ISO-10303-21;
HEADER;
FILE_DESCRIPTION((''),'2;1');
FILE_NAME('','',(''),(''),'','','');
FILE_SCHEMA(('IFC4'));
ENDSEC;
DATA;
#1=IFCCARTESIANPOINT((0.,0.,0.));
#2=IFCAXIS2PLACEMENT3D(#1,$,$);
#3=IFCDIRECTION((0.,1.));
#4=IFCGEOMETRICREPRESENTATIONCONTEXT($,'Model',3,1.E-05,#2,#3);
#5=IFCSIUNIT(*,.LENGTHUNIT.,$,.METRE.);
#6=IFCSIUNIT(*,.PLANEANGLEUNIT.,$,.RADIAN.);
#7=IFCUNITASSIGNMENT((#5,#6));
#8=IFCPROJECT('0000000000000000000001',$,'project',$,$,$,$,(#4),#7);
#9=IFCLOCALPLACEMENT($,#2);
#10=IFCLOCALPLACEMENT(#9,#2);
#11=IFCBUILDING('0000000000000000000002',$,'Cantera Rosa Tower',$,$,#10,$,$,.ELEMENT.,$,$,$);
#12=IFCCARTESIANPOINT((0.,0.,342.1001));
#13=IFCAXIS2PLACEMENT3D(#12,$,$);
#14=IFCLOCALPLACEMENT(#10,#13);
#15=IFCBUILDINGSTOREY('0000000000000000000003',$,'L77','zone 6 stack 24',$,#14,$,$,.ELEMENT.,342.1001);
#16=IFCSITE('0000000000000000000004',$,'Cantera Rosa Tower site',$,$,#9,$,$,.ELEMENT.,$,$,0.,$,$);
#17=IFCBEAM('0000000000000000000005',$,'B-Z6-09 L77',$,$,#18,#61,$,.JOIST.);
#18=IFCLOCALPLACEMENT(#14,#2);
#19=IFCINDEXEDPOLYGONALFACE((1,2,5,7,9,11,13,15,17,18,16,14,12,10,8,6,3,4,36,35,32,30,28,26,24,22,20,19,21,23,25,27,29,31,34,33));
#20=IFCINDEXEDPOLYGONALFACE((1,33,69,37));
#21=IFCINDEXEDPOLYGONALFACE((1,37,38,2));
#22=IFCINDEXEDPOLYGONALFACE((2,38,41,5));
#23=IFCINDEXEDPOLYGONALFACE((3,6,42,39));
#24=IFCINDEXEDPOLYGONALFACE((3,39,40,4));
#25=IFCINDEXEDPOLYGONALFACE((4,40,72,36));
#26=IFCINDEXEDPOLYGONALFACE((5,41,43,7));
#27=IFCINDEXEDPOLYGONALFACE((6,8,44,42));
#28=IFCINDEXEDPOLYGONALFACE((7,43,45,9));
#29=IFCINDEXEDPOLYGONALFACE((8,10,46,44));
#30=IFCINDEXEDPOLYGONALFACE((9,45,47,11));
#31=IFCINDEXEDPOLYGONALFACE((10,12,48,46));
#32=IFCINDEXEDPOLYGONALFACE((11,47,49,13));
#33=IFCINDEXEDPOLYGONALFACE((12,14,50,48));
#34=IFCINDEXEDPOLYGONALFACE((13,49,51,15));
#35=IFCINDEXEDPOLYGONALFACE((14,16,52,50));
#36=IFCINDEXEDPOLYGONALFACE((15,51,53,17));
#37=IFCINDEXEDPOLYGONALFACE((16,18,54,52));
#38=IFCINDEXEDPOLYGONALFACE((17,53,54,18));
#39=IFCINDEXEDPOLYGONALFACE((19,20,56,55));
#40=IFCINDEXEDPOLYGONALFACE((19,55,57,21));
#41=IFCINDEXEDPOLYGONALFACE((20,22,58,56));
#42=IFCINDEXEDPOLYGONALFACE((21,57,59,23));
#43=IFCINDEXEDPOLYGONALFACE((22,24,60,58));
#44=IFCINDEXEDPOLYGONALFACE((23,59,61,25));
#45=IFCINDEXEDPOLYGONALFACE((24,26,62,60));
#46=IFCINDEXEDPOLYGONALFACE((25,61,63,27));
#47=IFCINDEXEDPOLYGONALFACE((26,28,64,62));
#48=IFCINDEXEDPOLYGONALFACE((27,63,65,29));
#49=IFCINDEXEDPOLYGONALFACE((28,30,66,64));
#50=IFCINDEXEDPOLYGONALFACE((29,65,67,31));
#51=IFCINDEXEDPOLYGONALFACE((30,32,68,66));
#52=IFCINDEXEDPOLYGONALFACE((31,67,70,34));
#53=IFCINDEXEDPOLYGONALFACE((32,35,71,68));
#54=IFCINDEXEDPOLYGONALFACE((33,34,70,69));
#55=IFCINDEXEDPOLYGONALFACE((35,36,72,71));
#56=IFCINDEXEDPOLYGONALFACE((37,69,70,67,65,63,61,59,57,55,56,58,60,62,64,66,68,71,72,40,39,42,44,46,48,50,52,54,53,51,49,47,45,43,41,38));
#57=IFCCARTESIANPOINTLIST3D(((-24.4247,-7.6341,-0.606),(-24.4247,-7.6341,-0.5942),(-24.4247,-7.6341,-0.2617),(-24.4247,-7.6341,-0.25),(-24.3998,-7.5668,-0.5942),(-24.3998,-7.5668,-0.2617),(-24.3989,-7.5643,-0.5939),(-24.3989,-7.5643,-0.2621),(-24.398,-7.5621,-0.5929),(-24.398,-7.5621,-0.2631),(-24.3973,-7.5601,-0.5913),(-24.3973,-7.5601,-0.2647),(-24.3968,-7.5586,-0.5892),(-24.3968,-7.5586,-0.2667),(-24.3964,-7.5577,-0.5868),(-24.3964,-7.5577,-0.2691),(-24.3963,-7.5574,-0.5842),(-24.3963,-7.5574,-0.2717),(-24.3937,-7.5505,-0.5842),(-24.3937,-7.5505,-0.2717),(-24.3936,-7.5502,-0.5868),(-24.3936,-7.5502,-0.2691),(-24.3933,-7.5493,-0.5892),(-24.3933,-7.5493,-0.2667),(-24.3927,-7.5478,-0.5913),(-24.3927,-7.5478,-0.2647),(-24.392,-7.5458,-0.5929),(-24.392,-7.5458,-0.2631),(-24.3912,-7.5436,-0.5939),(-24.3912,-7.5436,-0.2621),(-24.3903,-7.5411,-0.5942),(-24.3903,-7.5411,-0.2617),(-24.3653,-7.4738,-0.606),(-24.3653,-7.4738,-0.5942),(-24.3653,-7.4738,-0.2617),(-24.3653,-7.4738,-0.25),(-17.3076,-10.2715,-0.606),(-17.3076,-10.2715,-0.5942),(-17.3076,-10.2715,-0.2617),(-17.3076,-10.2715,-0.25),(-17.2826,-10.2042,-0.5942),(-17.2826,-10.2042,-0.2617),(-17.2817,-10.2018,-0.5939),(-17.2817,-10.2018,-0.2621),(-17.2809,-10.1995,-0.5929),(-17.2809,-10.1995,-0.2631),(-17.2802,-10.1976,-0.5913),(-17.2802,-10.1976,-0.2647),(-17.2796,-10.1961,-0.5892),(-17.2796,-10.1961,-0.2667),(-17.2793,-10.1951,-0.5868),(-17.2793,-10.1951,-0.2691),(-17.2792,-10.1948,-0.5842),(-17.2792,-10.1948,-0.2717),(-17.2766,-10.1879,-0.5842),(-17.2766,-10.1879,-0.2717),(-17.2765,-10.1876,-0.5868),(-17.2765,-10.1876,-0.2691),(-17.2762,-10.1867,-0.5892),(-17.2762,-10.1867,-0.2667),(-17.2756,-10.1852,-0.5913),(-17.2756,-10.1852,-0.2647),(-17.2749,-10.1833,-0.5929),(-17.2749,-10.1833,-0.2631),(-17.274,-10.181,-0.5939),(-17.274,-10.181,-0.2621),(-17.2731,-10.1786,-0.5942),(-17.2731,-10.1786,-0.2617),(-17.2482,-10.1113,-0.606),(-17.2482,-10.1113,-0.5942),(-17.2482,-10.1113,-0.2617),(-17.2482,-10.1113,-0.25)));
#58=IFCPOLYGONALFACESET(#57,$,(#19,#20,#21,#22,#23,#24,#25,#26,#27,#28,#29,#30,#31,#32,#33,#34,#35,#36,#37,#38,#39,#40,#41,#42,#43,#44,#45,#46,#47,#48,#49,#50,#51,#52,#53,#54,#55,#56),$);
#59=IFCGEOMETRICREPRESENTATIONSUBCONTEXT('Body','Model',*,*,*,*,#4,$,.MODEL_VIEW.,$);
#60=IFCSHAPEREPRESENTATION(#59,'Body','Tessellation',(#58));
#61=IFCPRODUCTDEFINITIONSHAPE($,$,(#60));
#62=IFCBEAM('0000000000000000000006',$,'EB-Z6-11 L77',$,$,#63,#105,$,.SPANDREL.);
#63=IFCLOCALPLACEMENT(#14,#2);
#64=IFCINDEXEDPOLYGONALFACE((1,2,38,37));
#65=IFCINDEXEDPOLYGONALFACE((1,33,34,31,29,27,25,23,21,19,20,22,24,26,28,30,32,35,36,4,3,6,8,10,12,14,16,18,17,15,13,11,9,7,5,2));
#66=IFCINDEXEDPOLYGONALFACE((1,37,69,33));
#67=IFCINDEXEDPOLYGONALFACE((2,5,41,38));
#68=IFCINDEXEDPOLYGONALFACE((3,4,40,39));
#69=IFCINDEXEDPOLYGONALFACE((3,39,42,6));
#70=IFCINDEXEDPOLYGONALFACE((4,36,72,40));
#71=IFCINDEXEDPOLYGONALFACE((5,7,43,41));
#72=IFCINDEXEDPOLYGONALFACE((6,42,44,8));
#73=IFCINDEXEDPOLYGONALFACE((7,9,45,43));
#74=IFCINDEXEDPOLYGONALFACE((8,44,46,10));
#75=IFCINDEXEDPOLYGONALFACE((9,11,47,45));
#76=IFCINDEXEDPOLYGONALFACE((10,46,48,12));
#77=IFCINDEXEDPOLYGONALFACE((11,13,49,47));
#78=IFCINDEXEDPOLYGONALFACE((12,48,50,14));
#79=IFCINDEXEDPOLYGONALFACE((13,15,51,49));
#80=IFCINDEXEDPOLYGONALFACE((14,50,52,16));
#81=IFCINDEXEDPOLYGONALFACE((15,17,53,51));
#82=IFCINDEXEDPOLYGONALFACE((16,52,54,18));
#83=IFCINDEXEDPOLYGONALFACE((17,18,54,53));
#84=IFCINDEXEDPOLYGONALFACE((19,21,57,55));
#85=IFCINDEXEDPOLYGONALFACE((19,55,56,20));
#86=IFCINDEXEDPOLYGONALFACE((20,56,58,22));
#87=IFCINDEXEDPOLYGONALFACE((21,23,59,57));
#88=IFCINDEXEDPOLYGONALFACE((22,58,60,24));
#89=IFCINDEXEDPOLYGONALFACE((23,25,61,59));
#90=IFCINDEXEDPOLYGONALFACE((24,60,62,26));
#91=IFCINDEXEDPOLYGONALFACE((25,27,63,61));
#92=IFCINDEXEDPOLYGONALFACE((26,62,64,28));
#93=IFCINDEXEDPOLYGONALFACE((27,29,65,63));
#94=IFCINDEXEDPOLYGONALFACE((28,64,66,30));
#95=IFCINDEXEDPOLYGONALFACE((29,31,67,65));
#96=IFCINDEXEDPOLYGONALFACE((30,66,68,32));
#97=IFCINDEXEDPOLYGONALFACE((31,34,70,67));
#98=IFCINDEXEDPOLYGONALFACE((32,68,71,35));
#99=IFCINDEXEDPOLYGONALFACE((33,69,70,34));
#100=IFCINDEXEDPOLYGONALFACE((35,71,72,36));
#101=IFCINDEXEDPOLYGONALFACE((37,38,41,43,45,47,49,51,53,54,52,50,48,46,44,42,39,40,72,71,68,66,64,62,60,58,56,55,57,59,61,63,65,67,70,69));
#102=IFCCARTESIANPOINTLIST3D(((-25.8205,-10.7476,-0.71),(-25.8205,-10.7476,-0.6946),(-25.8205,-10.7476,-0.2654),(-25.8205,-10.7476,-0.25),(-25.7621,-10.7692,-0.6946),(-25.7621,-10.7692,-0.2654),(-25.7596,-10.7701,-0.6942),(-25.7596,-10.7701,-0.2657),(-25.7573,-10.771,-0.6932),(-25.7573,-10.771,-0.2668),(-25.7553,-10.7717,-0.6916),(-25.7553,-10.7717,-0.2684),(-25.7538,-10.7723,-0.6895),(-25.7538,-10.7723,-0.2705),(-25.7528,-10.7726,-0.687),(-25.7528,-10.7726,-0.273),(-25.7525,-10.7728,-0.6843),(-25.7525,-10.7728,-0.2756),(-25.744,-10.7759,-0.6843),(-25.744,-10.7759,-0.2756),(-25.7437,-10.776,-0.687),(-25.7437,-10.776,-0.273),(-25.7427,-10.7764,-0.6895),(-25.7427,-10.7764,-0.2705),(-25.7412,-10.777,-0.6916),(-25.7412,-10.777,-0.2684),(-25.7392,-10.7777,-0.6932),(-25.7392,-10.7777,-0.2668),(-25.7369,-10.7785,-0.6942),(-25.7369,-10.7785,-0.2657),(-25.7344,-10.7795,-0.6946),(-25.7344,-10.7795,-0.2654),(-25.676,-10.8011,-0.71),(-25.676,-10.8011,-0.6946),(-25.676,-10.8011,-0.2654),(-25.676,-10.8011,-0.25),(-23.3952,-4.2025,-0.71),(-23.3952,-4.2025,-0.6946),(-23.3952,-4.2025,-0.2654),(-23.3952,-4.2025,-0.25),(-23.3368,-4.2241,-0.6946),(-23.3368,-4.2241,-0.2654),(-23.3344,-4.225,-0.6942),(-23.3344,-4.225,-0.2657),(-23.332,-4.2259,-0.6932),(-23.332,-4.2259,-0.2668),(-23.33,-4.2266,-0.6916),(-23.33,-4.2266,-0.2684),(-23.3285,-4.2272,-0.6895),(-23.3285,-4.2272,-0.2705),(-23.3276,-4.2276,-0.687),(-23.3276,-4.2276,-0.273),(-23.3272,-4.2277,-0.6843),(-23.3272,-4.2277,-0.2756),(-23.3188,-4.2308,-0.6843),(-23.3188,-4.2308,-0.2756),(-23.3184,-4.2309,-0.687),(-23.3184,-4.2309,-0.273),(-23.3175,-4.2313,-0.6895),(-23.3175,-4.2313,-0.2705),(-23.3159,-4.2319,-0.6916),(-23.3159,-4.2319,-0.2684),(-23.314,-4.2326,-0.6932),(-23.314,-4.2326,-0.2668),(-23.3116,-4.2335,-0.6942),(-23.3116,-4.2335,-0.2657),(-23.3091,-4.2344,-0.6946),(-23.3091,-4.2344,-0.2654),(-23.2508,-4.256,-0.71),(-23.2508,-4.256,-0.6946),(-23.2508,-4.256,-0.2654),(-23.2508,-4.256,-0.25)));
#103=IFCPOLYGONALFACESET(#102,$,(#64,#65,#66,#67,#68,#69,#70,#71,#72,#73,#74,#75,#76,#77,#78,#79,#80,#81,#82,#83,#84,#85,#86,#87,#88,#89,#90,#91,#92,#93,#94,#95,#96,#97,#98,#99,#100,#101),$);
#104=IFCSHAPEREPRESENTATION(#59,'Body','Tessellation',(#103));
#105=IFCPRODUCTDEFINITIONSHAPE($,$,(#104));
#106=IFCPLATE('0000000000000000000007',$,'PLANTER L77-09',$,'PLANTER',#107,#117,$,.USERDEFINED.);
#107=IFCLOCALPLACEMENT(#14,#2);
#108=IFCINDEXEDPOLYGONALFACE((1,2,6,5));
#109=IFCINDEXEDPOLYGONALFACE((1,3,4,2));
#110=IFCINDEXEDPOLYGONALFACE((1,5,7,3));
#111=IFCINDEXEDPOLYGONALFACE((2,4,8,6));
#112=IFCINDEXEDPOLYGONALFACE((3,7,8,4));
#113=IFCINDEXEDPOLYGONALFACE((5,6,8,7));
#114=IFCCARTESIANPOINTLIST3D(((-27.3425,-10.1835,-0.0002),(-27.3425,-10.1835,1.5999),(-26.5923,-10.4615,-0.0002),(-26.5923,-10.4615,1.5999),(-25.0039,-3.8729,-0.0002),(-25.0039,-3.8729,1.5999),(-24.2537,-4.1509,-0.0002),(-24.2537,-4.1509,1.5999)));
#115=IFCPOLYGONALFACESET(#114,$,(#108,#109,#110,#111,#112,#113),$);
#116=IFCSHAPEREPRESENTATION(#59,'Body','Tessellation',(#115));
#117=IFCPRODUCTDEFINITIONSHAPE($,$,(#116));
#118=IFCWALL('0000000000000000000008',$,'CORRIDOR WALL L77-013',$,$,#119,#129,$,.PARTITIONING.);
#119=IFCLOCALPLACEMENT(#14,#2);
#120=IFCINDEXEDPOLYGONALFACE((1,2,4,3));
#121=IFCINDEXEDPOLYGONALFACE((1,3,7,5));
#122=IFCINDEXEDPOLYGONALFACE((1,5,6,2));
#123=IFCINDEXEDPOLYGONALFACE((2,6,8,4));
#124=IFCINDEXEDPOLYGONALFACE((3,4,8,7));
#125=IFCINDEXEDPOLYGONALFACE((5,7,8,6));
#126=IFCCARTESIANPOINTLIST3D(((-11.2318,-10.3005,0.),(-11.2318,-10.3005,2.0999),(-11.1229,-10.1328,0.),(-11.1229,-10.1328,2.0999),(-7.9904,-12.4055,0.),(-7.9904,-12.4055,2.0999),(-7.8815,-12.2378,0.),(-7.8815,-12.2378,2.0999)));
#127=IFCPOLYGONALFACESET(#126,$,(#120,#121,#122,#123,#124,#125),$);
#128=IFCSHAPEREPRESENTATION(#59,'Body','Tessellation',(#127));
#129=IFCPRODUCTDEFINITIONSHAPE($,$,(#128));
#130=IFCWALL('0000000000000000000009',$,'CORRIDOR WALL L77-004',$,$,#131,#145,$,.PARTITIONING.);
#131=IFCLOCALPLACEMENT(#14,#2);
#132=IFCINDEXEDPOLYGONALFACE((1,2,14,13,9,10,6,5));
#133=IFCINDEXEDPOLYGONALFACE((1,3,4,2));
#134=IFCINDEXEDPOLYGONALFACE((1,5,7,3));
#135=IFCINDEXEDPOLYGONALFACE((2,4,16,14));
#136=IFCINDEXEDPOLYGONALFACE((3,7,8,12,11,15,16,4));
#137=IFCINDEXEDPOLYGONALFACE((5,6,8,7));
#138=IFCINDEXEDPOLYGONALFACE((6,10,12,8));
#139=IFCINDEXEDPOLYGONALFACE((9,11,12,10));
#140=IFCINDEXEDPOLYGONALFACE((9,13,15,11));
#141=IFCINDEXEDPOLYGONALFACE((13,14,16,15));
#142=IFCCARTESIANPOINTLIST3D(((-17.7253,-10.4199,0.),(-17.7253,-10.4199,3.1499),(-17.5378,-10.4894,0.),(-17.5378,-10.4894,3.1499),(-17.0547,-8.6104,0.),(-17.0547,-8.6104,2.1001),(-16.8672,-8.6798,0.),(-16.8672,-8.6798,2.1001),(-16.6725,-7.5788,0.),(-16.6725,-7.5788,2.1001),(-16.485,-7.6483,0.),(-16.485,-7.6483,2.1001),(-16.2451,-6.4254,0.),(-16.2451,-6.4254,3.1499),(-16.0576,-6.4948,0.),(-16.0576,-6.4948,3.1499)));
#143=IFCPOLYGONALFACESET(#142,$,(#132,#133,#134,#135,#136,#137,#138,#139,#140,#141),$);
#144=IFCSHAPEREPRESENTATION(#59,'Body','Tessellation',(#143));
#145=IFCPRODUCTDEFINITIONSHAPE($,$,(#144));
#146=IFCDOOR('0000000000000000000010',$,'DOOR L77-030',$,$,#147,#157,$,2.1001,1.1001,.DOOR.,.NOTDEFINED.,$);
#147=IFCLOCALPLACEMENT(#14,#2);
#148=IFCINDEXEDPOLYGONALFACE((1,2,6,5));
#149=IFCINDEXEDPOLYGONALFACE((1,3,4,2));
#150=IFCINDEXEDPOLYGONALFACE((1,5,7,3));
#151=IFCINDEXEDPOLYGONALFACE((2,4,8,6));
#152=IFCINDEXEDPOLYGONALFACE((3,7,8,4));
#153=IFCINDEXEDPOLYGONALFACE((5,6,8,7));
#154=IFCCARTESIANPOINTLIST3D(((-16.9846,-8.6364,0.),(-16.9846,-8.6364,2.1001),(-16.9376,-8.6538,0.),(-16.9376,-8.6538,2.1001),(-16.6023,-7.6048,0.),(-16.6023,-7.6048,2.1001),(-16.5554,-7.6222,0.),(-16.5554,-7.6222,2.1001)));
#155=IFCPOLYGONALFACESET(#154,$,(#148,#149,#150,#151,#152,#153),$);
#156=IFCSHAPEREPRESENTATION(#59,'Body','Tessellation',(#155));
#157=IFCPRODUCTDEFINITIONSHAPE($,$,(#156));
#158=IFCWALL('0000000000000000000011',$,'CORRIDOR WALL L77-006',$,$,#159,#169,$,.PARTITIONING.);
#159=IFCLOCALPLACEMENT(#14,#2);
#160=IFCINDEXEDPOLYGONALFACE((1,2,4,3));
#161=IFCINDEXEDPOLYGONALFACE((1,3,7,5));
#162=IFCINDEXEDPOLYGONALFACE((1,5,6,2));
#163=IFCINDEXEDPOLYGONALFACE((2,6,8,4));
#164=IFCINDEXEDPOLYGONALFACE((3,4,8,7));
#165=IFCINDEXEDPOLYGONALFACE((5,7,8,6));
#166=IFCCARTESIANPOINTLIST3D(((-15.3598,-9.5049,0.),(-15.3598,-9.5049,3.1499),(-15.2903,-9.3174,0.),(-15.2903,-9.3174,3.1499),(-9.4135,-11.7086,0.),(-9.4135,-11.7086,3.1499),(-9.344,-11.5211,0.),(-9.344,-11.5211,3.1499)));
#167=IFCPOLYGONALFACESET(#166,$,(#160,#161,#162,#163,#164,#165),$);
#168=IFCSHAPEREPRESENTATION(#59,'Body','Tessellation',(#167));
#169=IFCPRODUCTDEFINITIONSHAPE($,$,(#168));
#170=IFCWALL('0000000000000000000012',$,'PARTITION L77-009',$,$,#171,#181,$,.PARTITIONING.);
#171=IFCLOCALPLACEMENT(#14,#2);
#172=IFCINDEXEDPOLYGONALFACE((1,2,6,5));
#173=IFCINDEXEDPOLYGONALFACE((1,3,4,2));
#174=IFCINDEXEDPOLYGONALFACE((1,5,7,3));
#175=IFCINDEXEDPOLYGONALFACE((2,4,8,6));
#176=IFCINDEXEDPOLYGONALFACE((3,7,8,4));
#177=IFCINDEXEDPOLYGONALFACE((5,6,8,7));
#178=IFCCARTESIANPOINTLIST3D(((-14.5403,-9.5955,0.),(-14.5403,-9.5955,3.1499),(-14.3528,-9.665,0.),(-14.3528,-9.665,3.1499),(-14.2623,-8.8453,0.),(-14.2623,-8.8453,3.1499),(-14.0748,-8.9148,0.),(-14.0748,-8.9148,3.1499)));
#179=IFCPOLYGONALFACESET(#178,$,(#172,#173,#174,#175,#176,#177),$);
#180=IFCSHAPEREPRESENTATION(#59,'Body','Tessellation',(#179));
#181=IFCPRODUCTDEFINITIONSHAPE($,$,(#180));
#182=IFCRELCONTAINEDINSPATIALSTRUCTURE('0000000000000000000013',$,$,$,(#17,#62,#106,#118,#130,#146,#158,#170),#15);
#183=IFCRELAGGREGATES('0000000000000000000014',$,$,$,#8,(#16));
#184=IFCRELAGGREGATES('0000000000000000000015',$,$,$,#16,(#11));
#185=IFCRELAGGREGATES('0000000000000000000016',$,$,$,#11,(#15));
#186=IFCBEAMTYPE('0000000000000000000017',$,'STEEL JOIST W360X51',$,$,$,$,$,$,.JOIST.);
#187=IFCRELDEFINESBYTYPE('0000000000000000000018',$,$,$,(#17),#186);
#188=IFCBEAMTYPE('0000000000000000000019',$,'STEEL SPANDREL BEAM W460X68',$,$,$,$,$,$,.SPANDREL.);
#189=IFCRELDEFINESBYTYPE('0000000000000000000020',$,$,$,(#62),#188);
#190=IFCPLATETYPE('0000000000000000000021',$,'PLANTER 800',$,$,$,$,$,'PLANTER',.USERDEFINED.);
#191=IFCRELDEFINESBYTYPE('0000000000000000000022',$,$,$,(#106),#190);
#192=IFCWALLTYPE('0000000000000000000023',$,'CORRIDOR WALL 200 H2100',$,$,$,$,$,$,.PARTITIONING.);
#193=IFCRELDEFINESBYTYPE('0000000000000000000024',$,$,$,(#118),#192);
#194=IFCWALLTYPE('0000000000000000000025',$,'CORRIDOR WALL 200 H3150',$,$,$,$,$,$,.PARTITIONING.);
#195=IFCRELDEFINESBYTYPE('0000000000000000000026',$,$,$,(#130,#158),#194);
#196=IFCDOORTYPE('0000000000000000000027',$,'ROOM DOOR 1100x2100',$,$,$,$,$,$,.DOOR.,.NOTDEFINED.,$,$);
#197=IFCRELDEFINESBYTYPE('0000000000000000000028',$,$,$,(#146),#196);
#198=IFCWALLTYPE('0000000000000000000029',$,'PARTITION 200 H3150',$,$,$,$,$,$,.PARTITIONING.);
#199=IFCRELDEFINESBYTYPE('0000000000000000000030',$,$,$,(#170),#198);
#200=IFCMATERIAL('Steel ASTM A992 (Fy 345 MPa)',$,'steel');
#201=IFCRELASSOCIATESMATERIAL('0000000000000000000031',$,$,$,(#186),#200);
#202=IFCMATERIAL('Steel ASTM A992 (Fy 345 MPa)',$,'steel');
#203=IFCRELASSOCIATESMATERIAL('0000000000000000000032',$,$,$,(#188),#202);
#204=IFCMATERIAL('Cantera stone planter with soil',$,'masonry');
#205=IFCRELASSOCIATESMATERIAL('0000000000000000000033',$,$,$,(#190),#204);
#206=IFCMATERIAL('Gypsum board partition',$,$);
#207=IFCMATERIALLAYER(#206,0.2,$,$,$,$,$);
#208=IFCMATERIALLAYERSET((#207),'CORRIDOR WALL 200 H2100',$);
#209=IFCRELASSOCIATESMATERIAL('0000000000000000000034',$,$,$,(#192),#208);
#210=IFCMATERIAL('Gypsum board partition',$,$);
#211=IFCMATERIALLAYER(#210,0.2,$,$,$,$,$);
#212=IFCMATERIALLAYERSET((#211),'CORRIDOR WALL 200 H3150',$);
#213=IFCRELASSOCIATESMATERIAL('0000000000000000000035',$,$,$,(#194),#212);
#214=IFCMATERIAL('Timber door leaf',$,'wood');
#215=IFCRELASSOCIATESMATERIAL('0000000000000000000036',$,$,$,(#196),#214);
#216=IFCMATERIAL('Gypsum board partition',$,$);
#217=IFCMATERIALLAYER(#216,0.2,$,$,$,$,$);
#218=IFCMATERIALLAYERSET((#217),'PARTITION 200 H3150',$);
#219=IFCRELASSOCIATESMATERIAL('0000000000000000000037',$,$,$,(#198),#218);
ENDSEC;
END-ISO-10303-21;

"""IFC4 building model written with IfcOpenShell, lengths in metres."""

from ifc_helpers import new_model, si_unit, direction, frame, frame_2d, origin, origin_2d, place, context, subcontext, project, spatial, rectangle, i_section, extrude, material, layer, layer_set, material_profile, profile_set, type_object, element, fill, save


model = new_model("IFC4")

# Units and contexts
model_context = context("Model", 3, precision=1e-05, world=origin(), true_north=direction((0.0, 1.0)))
body_context = subcontext(model_context, "Body", "Model", "MODEL_VIEW")
ifc_project = project(units=[si_unit("LENGTHUNIT", "METRE"), si_unit("PLANEANGLEUNIT", "RADIAN")], contexts=[model_context])

# Site, building, storey
site_placement = place(None, origin())
site = spatial("IfcSite", under=ifc_project, at=site_placement, Name="Cantera Rosa Tower site", CompositionType="ELEMENT", RefElevation=0.0)
building_placement = place(site_placement, origin())
building = spatial("IfcBuilding", under=site, at=building_placement, Name="Cantera Rosa Tower", CompositionType="ELEMENT")
storey_placement = place(building_placement, frame((0.0, 0.0, 342.1001)))
storey = spatial("IfcBuildingStorey", under=building, at=storey_placement, Name="L77", Description="zone 6 stack 24", CompositionType="ELEMENT", Elevation=342.1001)

# Beams
ifc_material_1 = material(Name="Steel ASTM A992 (Fy 345 MPa)", Category="steel")
ifc_material_profile_1 = material_profile(ifc_material_1, i_section(OverallWidth=0.1709, OverallDepth=0.356, WebThickness=0.0073, FlangeThickness=0.0117, FilletRadius=0.01, at=origin_2d()), Name="W360X51")
ifc_profile_set_1 = profile_set([ifc_material_profile_1], Name="Steel ASTM A992 (Fy 345 MPa)")
beam_type_1 = type_object("IfcBeamType", Name="STEEL JOIST W360X51", PredefinedType="JOIST", material=ifc_profile_set_1)
beam_1_placement = place(storey_placement, frame((-24.395, -7.554, -0.428), z_axis=(0.937686, -0.347483, 0.0), x_axis=(0.347483, 0.937686, 0.0)))
element("IfcBeam", 1, at=beam_1_placement, inside=storey, type_object=beam_type_1, Name="B-Z6-09 L77", PredefinedType="JOIST", context=body_context, shape_type="SweptSolid", body=[
    extrude(i_section(OverallWidth=0.1709, OverallDepth=0.356, WebThickness=0.0073, FlangeThickness=0.0117, FilletRadius=0.01, at=origin_2d()), origin(), (0.0, 0.0, 1.0), 7.5901),
])
ifc_material_2 = material(Name="Steel ASTM A992 (Fy 345 MPa)", Category="steel")
ifc_material_profile_2 = material_profile(ifc_material_2, i_section(OverallWidth=0.1541, OverallDepth=0.46, WebThickness=0.009, FlangeThickness=0.0154, FilletRadius=0.0103, at=origin_2d()), Name="W460X68")
ifc_profile_set_2 = profile_set([ifc_material_profile_2], Name="Steel ASTM A992 (Fy 345 MPa)")
beam_type_2 = type_object("IfcBeamType", Name="STEEL SPANDREL BEAM W460X68", PredefinedType="SPANDREL", material=ifc_profile_set_2)
beam_2_placement = place(storey_placement, frame((-23.323, -4.2292, -0.48), z_axis=(-0.34746, -0.937695, 0.0), x_axis=(0.937695, -0.34746, 0.0)))
element("IfcBeam", 2, at=beam_2_placement, inside=storey, type_object=beam_type_2, Name="EB-Z6-11 L77", PredefinedType="SPANDREL", context=body_context, shape_type="SweptSolid", body=[
    extrude(i_section(OverallWidth=0.1541, OverallDepth=0.46, WebThickness=0.009, FlangeThickness=0.0154, FilletRadius=0.0103, at=origin_2d()), origin(), (0.0, 0.0, 1.0), 6.98),
])

# Plate
ifc_material_3 = material(Name="Cantera stone planter with soil", Category="masonry")
plate_type = type_object("IfcPlateType", Name="PLANTER 800", ElementType="PLANTER", PredefinedType="USERDEFINED", material=ifc_material_3)
plate_placement = place(storey_placement, frame((-25.7981, -7.1672, -0.0002), z_axis=(0.0, 0.0, 1.0), x_axis=(-0.347481, -0.937687, 0.0)))
element("IfcPlate", 3, at=plate_placement, inside=storey, type_object=plate_type, Name="PLANTER L77-09", ObjectType="PLANTER", PredefinedType="USERDEFINED", context=body_context, shape_type="SweptSolid", body=[
    extrude(rectangle(XDim=6.73, YDim=0.8, at=origin_2d()), origin(), (0.0, 0.0, 1.0), 1.6001),
])

# Wall
ifc_material_4 = material(Name="Gypsum board partition")
ifc_layer_1 = layer(ifc_material_4, 0.2)
ifc_layer_set_1 = layer_set([ifc_layer_1], Name="CORRIDOR WALL 200 H2100")
wall_type_1 = type_object("IfcWallType", Name="CORRIDOR WALL 200 H2100", PredefinedType="PARTITIONING", material=ifc_layer_set_1)
wall_1_placement = place(storey_placement, frame((-11.1775, -10.2166, 0.0), z_axis=(0.0, 0.0, 1.0), x_axis=(0.838676, -0.544631, 0.0)))
element("IfcWall", 4, at=wall_1_placement, inside=storey, type_object=wall_type_1, Name="CORRIDOR WALL L77-013", PredefinedType="PARTITIONING", context=body_context, shape_type="SweptSolid", body=[
    extrude(rectangle(XDim=3.865, YDim=0.2, at=frame_2d((1.9326, 0.0))), origin(), (0.0, 0.0, 1.0), 2.0999),
])

# Wall, opening, door
ifc_material_5 = material(Name="Gypsum board partition")
ifc_layer_2 = layer(ifc_material_5, 0.2)
ifc_layer_set_2 = layer_set([ifc_layer_2], Name="CORRIDOR WALL 200 H3150")
wall_type_2 = type_object("IfcWallType", Name="CORRIDOR WALL 200 H3150", PredefinedType="PARTITIONING", material=ifc_layer_set_2)
wall_2_placement = place(storey_placement, frame((-16.1514, -6.4602, 0.0), z_axis=(0.0, 0.0, 1.0), x_axis=(-0.347466, -0.937693, 0.0)))
wall_2 = element("IfcWall", 5, at=wall_2_placement, inside=storey, type_object=wall_type_2, Name="CORRIDOR WALL L77-004", PredefinedType="PARTITIONING", context=body_context, shape_type="SweptSolid", body=[
    extrude(rectangle(XDim=4.26, YDim=0.2, at=frame_2d((2.1299, 0.0))), origin(), (0.0, 0.0, 1.0), 3.1499),
])
opening_1_placement = place(wall_2_placement, frame((1.23, 0.0, 0.0)))
opening_1 = element("IfcOpeningElement", 6, at=opening_1_placement, cuts=wall_2, PredefinedType="OPENING", context=body_context, shape_type="SweptSolid", body=[
    extrude(rectangle(XDim=1.1001, YDim=2.1001, at=frame_2d((0.55, 1.05))), frame((0.0, 0.1099, 0.0), z_axis=(0.0, -1.0, 0.0), x_axis=(1.0, 0.0, 0.0)), (0.0, 0.0, 1.0), 0.22),
])
ifc_material_6 = material(Name="Timber door leaf", Category="wood")
door_type_1 = type_object("IfcDoorType", Name="ROOM DOOR 1100x2100", OperationType="NOTDEFINED", PredefinedType="DOOR", material=ifc_material_6)
door_1_placement = place(opening_1_placement, origin())
door_1 = element("IfcDoor", 7, at=door_1_placement, inside=storey, type_object=door_type_1, Name="DOOR L77-030", OperationType="NOTDEFINED", OverallHeight=2.1001, OverallWidth=1.1001, PredefinedType="DOOR", context=body_context, shape_type="SweptSolid", body=[
    extrude(rectangle(XDim=1.1001, YDim=2.1001, at=frame_2d((0.55, 1.05))), frame((0.0, 0.0249, 0.0), z_axis=(0.0, -1.0, 0.0), x_axis=(1.0, 0.0, 0.0)), (0.0, 0.0, 1.0), 0.05),
])
fill(opening_1, door_1)

# Wall
wall_3_placement = place(storey_placement, frame((-15.3252, -9.4111, 0.0), z_axis=(0.0, 0.0, 1.0), x_axis=(0.937683, -0.347492, 0.0)))
element("IfcWall", 8, at=wall_3_placement, inside=storey, type_object=wall_type_2, Name="CORRIDOR WALL L77-006", PredefinedType="PARTITIONING", context=body_context, shape_type="SweptSolid", body=[
    extrude(rectangle(XDim=6.3416, YDim=0.2, at=frame_2d((3.1709, 0.0))), origin(), (0.0, 0.0, 1.0), 3.1499),
])

# Wall
ifc_material_7 = material(Name="Gypsum board partition")
ifc_layer_3 = layer(ifc_material_7, 0.2)
ifc_layer_set_3 = layer_set([ifc_layer_3], Name="PARTITION 200 H3150")
wall_type_3 = type_object("IfcWallType", Name="PARTITION 200 H3150", PredefinedType="PARTITIONING", material=ifc_layer_set_3)
wall_4_placement = place(storey_placement, frame((-14.4465, -9.6301, 0.0), z_axis=(0.0, 0.0, 1.0), x_axis=(0.347543, 0.937664, 0.0)))
element("IfcWall", 9, at=wall_4_placement, inside=storey, type_object=wall_type_3, Name="PARTITION L77-009", PredefinedType="PARTITIONING", context=body_context, shape_type="SweptSolid", body=[
    extrude(rectangle(XDim=0.8, YDim=0.2, at=frame_2d((0.3999, 0.0))), origin(), (0.0, 0.0, 1.0), 3.1499),
])

save(model, "model.ifc")
